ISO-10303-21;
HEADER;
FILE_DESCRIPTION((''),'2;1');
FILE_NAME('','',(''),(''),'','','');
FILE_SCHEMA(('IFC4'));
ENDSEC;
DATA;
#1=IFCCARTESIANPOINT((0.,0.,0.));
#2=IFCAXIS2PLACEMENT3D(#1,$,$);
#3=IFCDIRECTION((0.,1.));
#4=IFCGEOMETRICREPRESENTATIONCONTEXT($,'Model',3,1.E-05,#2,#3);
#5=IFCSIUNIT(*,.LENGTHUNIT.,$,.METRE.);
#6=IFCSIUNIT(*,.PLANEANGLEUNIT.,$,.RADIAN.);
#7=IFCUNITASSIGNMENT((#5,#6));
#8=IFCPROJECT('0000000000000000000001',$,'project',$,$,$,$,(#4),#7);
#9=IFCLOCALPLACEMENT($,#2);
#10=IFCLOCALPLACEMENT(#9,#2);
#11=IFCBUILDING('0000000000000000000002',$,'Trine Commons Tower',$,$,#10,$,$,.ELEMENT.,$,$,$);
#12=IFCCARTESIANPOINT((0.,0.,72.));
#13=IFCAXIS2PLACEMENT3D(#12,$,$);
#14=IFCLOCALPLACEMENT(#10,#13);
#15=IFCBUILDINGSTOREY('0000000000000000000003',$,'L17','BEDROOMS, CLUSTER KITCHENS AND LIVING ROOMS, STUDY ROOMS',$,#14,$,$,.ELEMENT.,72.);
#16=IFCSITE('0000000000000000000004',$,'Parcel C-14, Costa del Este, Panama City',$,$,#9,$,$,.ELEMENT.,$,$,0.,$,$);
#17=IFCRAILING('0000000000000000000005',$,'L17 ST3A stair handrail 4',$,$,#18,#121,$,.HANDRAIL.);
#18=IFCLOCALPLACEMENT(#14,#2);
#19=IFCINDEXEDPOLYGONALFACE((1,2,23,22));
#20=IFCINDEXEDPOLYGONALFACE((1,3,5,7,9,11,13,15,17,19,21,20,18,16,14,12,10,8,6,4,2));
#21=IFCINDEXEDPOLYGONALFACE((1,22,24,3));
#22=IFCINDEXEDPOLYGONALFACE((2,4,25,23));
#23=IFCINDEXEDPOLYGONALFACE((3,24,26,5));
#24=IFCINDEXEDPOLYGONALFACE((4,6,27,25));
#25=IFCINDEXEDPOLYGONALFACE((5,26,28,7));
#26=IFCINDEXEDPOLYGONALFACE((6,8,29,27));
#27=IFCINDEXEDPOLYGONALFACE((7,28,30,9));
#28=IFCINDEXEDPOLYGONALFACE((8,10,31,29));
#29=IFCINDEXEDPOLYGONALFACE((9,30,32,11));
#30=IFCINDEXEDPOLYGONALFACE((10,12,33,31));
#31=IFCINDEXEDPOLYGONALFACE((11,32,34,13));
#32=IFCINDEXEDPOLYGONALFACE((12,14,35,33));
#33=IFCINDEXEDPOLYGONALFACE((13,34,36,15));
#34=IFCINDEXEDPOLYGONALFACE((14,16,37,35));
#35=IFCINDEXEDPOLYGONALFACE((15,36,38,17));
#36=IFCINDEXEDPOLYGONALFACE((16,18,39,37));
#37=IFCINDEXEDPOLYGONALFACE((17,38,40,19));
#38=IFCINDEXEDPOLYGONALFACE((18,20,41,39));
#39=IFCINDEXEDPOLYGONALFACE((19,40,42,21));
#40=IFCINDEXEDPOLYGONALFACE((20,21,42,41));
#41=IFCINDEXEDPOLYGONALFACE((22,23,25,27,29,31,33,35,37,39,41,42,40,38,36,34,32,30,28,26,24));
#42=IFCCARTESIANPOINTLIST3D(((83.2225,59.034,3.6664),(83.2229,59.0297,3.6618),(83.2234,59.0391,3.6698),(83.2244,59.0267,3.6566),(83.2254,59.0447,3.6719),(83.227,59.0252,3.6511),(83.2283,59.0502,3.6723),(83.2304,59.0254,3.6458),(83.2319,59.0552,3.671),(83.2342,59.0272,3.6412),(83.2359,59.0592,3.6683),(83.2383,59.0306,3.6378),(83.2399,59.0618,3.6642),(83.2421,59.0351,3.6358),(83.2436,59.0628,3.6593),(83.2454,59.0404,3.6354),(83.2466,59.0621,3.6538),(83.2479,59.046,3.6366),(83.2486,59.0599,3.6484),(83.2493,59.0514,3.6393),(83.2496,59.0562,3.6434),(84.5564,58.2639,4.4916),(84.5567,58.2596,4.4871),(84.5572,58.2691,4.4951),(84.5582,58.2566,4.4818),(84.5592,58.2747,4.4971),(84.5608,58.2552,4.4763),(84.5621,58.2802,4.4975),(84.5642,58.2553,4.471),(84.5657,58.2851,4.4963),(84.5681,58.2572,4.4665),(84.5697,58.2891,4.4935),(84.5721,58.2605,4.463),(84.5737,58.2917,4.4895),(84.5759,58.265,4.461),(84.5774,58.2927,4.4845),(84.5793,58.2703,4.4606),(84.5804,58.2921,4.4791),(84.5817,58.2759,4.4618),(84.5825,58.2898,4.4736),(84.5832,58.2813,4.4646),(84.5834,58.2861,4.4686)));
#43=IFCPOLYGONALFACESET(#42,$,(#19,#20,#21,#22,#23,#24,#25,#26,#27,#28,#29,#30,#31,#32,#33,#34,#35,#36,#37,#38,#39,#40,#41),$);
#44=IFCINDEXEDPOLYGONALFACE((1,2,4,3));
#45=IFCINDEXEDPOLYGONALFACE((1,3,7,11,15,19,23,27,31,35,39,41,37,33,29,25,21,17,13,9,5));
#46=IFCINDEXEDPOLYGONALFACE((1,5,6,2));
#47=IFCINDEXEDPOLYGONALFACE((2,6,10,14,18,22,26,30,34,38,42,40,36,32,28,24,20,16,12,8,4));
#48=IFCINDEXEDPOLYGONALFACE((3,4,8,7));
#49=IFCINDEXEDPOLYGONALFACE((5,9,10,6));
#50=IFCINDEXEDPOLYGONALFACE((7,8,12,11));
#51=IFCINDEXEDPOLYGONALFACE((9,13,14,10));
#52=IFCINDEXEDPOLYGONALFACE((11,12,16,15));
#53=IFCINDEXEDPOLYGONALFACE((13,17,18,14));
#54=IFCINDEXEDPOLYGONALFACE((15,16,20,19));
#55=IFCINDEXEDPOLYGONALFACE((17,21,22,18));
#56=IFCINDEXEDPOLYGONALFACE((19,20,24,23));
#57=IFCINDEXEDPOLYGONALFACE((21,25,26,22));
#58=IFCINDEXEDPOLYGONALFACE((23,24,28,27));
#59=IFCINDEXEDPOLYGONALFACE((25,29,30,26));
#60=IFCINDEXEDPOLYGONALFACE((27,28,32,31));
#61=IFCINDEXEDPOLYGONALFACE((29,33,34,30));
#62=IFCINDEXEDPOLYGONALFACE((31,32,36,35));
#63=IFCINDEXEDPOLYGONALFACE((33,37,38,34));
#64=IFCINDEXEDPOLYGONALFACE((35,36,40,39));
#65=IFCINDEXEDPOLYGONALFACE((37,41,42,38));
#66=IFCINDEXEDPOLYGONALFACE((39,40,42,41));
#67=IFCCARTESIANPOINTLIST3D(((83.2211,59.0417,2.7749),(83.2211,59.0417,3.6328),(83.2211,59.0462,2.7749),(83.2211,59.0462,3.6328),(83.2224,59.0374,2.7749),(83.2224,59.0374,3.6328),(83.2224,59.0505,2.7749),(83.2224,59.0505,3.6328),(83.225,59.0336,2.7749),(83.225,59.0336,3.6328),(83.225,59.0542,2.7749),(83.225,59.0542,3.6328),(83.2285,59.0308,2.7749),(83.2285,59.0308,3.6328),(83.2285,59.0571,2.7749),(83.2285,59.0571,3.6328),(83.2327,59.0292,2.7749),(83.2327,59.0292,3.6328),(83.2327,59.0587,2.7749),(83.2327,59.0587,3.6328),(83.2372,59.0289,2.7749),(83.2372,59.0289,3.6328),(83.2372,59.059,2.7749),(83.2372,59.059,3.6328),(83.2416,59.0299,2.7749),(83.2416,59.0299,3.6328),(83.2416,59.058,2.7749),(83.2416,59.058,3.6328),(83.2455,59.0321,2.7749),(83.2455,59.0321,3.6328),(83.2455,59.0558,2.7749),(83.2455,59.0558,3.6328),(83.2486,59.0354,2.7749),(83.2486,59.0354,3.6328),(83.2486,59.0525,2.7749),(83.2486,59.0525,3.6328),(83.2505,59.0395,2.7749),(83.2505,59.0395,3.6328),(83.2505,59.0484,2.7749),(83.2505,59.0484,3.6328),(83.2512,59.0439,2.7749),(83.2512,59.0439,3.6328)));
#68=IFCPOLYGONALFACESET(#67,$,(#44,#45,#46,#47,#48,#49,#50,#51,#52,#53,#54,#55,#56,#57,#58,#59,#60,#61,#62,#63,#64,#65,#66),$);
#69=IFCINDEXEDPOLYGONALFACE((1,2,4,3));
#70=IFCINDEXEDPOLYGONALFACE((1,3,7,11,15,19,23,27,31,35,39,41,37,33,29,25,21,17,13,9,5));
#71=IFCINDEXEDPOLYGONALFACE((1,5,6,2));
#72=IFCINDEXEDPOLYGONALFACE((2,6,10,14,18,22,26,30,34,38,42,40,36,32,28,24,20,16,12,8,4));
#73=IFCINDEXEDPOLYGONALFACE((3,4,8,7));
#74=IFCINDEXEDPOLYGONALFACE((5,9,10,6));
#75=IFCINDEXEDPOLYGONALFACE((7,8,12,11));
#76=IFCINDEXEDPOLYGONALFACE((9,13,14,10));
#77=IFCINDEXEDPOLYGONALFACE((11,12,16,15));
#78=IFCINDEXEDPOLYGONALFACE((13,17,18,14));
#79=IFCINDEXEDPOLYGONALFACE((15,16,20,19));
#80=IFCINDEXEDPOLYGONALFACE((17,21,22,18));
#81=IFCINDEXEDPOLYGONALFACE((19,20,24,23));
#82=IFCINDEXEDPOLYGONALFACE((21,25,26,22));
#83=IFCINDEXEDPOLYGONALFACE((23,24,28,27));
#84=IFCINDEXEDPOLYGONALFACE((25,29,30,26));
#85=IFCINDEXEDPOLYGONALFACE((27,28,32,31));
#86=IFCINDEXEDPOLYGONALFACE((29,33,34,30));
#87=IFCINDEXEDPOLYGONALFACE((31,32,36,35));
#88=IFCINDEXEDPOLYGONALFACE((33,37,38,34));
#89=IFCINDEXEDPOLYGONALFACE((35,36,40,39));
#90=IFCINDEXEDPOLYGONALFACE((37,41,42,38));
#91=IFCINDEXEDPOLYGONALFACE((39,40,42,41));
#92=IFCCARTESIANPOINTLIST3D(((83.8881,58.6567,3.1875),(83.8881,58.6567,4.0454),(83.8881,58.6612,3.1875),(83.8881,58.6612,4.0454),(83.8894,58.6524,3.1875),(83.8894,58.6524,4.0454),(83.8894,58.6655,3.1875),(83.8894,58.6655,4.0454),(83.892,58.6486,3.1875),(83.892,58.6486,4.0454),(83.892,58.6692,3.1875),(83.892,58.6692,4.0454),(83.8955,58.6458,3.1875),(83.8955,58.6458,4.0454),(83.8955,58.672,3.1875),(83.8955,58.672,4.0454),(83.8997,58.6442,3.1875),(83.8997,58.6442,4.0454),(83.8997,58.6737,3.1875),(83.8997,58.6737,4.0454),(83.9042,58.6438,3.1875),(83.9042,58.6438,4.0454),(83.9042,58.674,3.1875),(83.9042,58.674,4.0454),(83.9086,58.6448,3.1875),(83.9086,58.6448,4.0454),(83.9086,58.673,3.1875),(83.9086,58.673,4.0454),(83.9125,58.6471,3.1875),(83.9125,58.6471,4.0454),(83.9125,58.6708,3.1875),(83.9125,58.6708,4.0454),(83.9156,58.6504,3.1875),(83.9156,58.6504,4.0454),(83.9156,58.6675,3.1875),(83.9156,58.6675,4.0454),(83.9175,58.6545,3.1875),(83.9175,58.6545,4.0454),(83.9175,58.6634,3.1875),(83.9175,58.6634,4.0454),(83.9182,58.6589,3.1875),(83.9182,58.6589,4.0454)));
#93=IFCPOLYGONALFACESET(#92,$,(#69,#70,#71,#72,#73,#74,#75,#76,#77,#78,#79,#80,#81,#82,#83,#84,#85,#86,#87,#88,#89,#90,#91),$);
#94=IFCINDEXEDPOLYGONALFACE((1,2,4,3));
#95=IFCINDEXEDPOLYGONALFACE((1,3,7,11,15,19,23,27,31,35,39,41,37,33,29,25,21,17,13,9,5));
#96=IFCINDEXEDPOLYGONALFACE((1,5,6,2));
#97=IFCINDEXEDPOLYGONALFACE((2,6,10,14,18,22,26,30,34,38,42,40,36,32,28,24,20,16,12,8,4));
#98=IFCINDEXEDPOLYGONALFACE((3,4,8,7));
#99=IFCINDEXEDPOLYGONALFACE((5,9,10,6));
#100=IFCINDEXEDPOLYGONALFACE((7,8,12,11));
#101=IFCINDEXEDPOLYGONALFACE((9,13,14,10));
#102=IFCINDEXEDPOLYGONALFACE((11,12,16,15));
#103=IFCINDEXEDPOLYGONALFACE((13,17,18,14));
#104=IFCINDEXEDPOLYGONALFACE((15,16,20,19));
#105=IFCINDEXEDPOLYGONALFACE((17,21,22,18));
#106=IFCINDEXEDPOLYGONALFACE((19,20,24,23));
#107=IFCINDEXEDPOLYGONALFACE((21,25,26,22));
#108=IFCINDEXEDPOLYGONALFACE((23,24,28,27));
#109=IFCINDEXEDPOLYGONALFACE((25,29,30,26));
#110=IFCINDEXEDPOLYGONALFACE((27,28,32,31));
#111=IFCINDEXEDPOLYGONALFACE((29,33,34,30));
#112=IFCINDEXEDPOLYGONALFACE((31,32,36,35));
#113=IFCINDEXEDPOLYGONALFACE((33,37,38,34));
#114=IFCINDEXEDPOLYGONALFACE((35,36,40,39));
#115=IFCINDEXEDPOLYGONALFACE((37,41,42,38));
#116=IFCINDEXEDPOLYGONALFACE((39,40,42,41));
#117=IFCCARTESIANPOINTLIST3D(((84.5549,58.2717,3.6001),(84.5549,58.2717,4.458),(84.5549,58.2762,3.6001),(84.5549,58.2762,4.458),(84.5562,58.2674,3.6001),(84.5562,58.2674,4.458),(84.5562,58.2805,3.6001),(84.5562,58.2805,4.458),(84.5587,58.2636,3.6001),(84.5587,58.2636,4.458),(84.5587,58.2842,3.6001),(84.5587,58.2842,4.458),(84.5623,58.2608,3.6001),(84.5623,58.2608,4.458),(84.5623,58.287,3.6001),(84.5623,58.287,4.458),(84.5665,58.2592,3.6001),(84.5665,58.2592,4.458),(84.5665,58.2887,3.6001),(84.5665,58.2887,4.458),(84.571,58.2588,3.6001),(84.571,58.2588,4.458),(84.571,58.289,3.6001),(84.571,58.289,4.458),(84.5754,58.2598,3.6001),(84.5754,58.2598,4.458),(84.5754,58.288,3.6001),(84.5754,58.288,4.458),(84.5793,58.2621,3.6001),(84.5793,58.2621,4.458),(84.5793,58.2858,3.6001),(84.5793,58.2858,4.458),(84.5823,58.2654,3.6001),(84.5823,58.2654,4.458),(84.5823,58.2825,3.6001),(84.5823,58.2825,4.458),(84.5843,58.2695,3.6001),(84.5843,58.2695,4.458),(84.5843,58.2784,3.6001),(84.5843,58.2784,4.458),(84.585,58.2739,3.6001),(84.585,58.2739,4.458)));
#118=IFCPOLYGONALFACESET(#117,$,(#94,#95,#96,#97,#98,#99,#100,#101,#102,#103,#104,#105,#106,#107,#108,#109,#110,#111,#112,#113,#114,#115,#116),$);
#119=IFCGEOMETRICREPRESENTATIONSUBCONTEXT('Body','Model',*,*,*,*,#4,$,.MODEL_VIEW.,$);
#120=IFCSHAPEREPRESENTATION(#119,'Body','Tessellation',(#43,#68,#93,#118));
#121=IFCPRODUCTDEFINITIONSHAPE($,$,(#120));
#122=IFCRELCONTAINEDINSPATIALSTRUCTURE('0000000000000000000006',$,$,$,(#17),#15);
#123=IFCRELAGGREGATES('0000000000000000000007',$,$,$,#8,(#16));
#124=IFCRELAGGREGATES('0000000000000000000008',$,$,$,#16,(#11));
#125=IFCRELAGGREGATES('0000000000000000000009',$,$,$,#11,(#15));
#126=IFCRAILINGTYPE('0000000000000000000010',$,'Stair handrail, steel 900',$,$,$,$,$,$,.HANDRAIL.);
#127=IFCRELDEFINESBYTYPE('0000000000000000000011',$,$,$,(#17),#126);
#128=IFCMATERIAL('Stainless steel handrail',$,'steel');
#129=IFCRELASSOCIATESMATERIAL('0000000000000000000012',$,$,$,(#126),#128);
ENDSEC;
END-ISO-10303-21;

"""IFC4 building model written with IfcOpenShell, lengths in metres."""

from ifc_helpers import new_model, si_unit, direction, frame, origin, origin_2d, place, context, subcontext, project, spatial, circle, extrude, material, type_object, element, save


model = new_model("IFC4")

# Units and contexts
model_context = context("Model", 3, precision=1e-05, world=origin(), true_north=direction((0.0, 1.0)))
body_context = subcontext(model_context, "Body", "Model", "MODEL_VIEW")
ifc_project = project(units=[si_unit("LENGTHUNIT", "METRE"), si_unit("PLANEANGLEUNIT", "RADIAN")], contexts=[model_context])

# Site, building, storey
site_placement = place(None, origin())
site = spatial("IfcSite", under=ifc_project, at=site_placement, Name="Parcel C-14, Costa del Este, Panama City", CompositionType="ELEMENT", RefElevation=0.0)
building_placement = place(site_placement, origin())
building = spatial("IfcBuilding", under=site, at=building_placement, Name="Trine Commons Tower", CompositionType="ELEMENT")
storey_placement = place(building_placement, frame((0.0, 0.0, 72.0)))
storey = spatial("IfcBuildingStorey", under=building, at=storey_placement, Name="L17", Description="BEDROOMS, CLUSTER KITCHENS AND LIVING ROOMS, STUDY ROOMS", CompositionType="ELEMENT", Elevation=72.0)

# Railing
ifc_material_1 = material(Name="Stainless steel handrail", Category="steel")
railing_type_1 = type_object("IfcRailingType", Name="Stair handrail, steel 900", PredefinedType="HANDRAIL", material=ifc_material_1)
railing_1_placement = place(storey_placement, frame((83.2361, 59.0439, 2.7749)))
element("IfcRailing", 1, at=railing_1_placement, inside=storey, type_object=railing_type_1, Name="L17 ST3A stair handrail 4", PredefinedType="HANDRAIL", context=body_context, shape_type="SweptSolid", body=[
    extrude(circle(Radius=0.021, at=origin_2d()), frame((0.0, 0.0, 0.8789), z_axis=(0.763355, -0.440714, 0.472293), x_axis=(0.499992, 0.86603, 0.0)), (0.0, 0.0, 1.0), 1.7473),
    extrude(circle(Radius=0.0151, at=origin_2d()), origin(), (0.0, 0.0, 1.0), 0.8579),
    extrude(circle(Radius=0.0151, at=origin_2d()), frame((0.667, -0.385, 0.4126)), (0.0, 0.0, 1.0), 0.8579),
    extrude(circle(Radius=0.0151, at=origin_2d()), frame((1.3337, -0.77, 0.8252)), (0.0, 0.0, 1.0), 0.8579),
])

save(model, "model.ifc")
